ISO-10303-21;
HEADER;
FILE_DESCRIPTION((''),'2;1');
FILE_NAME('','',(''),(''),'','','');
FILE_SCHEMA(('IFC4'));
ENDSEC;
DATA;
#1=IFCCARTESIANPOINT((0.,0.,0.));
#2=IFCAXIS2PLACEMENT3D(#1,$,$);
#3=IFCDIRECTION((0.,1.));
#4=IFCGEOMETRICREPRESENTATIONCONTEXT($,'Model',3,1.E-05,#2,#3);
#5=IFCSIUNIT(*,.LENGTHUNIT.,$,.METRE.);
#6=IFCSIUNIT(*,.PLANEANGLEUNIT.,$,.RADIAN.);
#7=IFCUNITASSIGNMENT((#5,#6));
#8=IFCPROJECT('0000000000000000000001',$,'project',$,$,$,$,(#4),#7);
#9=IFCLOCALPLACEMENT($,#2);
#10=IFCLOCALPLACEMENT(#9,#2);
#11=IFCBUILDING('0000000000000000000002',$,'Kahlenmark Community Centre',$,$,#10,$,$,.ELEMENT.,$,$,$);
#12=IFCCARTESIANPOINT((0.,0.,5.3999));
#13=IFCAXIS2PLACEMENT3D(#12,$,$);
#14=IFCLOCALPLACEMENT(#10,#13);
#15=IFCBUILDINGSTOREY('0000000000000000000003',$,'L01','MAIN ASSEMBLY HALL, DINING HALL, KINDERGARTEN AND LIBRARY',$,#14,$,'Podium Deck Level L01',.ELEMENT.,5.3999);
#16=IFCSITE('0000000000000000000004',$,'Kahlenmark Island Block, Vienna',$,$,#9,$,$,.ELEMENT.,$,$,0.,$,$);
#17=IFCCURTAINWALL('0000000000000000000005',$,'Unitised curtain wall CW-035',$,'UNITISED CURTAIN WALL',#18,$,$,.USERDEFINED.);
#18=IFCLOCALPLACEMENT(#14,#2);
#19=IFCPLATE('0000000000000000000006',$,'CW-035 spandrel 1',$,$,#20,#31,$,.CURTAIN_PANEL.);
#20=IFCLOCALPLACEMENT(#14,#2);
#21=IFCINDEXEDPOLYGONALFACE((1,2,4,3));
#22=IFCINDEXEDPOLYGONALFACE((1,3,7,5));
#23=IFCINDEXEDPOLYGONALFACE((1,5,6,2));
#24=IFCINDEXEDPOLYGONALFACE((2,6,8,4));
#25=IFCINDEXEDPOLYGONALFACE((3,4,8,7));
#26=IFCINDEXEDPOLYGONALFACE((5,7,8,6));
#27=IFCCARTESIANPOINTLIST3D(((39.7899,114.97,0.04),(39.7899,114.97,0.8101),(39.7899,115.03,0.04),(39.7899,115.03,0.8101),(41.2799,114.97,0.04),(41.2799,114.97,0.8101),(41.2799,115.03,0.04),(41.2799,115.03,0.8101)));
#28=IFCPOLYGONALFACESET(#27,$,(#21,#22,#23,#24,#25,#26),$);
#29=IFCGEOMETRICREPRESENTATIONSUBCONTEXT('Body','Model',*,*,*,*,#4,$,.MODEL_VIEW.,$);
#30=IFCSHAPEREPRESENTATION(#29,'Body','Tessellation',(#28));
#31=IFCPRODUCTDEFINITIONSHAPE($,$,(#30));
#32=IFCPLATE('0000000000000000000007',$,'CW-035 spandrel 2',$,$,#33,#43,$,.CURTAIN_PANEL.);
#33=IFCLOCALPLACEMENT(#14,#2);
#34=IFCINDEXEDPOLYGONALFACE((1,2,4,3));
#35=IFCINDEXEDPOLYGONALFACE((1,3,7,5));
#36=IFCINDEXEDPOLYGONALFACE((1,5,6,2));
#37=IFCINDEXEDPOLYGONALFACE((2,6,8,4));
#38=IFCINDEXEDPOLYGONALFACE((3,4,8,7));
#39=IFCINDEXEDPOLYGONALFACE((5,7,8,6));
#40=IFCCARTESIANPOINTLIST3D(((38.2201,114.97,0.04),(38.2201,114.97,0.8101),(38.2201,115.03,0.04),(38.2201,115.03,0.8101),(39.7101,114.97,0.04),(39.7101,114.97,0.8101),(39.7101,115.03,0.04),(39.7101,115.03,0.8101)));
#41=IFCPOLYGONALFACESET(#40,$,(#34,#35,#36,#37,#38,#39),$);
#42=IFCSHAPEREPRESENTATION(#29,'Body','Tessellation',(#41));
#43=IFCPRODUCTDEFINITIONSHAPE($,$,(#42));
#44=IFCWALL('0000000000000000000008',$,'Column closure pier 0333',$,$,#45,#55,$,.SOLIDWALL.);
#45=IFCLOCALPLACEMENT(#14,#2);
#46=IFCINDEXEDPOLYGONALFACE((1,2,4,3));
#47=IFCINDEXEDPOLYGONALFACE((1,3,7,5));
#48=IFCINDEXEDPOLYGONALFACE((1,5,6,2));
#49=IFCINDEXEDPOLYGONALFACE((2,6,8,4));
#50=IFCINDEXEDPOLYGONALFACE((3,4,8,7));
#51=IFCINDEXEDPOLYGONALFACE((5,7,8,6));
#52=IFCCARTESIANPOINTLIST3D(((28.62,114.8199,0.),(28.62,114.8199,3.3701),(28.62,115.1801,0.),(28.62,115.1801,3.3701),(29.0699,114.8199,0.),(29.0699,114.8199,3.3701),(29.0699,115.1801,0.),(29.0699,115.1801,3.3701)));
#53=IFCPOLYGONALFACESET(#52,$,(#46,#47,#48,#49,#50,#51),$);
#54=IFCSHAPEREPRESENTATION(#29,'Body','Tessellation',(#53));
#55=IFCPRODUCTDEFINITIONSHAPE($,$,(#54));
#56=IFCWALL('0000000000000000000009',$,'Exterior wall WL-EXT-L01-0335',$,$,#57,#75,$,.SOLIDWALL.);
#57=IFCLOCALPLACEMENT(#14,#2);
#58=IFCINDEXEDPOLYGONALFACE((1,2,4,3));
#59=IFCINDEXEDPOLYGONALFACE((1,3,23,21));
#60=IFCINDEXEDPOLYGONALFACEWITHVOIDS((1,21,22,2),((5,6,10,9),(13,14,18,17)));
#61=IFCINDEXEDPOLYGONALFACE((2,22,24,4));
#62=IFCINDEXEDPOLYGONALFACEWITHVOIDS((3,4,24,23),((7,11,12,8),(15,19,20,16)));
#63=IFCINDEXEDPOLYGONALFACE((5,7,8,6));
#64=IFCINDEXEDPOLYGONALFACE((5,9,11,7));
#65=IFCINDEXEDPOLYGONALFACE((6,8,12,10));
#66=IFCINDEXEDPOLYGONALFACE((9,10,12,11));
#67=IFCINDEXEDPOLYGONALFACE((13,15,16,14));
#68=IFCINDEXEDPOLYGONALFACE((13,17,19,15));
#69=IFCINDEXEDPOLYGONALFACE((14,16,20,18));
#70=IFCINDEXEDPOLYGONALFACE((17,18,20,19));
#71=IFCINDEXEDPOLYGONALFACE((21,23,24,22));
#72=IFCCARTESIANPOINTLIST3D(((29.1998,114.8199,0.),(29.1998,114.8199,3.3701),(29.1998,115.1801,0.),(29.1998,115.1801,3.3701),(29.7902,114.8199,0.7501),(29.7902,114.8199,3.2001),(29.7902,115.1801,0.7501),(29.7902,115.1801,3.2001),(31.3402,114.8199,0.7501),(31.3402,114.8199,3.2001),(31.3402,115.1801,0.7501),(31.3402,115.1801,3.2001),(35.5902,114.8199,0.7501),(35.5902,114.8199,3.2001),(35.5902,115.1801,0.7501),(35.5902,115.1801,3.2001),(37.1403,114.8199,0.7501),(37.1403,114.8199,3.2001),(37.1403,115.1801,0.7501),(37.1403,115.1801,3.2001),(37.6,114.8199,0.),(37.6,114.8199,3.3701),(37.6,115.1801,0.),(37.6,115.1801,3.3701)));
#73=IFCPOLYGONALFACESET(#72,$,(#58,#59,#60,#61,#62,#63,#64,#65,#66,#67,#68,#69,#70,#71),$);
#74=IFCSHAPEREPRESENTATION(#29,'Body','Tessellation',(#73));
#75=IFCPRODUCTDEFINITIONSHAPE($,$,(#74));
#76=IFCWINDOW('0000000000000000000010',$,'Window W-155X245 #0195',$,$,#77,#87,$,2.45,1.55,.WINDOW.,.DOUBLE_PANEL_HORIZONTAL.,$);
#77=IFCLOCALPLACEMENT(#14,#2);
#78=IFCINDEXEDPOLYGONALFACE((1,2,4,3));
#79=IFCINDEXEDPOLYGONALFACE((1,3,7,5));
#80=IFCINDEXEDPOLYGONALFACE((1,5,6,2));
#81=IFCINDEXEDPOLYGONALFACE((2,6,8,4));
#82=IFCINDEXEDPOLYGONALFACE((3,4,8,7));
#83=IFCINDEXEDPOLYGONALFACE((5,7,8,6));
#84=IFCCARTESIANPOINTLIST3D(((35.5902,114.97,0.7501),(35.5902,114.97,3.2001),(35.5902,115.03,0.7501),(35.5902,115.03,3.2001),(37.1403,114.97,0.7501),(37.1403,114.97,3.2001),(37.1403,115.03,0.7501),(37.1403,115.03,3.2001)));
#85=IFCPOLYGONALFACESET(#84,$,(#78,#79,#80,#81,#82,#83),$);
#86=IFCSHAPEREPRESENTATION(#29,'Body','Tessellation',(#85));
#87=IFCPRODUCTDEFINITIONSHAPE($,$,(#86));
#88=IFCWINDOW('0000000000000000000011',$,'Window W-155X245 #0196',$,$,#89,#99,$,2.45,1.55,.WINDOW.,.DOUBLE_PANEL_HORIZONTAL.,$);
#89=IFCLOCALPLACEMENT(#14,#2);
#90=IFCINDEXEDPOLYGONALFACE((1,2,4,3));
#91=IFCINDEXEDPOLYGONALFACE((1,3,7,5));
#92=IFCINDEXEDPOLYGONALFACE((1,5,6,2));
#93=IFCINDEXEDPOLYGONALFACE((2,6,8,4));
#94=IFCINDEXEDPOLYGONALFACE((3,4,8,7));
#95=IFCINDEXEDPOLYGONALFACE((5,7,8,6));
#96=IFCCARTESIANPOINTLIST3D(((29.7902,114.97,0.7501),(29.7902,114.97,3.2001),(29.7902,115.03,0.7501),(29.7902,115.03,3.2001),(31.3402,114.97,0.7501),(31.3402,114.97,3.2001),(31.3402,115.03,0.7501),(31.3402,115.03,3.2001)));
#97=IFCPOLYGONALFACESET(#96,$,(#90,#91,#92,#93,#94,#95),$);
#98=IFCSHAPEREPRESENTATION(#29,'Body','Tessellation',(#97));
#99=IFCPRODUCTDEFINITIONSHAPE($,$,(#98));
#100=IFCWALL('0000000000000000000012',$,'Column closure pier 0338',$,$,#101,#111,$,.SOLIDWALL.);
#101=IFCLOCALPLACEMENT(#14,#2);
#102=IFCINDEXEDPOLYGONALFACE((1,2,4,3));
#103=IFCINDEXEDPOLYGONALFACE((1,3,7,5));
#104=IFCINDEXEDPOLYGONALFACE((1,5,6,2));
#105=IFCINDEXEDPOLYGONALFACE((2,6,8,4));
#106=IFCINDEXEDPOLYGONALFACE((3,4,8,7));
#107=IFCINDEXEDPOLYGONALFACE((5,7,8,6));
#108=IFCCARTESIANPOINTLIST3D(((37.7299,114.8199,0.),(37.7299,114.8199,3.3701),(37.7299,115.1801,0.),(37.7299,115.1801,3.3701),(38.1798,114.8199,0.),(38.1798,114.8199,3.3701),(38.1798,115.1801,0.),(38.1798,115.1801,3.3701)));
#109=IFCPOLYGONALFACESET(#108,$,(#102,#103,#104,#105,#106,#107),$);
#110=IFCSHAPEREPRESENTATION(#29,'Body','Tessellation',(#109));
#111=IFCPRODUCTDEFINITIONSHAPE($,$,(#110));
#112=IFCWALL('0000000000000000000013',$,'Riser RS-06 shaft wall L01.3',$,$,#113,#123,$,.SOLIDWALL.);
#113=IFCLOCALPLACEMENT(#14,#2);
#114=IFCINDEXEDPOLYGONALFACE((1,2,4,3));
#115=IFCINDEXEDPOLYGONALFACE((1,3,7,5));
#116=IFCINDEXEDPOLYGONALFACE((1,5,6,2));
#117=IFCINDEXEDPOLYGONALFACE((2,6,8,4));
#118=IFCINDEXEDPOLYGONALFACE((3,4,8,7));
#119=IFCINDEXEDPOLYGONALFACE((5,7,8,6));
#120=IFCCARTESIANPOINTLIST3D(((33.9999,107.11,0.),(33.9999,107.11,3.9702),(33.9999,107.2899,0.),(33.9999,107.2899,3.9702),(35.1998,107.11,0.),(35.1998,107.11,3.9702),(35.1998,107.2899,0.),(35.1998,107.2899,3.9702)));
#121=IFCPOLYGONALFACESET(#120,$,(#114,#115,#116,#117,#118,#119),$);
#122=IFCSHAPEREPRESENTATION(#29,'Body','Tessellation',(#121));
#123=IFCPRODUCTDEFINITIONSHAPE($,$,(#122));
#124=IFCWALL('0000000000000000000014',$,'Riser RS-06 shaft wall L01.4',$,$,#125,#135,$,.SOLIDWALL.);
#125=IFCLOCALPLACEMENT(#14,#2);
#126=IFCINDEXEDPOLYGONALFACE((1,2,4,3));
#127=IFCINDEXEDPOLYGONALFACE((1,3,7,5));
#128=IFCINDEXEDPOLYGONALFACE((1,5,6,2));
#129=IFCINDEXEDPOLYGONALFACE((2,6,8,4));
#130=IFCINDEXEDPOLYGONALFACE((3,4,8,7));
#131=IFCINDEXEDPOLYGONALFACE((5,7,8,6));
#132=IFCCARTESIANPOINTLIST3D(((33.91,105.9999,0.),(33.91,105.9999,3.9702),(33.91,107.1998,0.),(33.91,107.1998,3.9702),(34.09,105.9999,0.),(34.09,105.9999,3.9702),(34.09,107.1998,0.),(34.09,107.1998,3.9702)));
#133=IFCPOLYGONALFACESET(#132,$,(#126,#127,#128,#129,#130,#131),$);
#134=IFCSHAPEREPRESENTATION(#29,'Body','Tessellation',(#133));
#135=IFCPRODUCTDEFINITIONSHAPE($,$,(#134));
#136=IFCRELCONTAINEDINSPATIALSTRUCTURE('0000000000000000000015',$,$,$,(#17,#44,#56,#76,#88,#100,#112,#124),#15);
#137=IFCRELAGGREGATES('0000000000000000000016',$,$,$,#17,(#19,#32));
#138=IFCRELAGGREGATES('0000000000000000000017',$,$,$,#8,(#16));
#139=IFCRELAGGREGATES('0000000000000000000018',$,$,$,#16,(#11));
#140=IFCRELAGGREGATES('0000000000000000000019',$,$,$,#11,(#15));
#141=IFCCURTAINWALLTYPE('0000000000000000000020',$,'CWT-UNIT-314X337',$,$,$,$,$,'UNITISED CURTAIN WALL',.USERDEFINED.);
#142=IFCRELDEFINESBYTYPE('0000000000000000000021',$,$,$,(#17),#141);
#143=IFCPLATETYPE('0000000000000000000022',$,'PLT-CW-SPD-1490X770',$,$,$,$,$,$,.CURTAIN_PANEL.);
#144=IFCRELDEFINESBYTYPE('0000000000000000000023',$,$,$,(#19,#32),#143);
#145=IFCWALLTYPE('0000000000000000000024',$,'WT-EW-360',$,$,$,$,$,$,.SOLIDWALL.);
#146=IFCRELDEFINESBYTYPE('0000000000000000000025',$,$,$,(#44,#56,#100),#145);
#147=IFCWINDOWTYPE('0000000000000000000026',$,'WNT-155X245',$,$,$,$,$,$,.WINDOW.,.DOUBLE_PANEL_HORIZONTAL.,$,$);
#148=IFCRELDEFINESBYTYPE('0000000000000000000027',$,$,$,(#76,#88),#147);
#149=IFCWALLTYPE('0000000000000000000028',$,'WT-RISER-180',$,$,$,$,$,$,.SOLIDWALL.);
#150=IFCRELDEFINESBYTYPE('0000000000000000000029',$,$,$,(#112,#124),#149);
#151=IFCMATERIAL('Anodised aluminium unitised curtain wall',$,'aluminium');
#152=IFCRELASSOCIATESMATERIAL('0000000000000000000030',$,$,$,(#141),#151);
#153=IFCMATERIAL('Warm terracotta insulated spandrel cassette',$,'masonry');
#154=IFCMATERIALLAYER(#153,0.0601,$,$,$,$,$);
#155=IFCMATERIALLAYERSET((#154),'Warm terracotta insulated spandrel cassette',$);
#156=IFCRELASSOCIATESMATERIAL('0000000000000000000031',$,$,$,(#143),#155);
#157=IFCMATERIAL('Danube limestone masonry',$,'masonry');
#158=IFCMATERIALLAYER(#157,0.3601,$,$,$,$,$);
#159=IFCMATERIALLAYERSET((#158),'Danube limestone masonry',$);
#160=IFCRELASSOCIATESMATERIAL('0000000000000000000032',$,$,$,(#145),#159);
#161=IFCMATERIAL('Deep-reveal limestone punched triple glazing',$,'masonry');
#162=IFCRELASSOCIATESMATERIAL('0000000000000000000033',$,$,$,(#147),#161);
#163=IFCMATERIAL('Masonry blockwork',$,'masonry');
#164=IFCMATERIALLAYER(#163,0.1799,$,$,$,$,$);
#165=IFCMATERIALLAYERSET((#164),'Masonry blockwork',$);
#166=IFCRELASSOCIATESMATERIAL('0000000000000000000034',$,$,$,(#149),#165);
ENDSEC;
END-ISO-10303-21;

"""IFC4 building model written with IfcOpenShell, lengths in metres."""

from ifc_helpers import new_model, si_unit, direction, frame, frame_2d, origin, origin_2d, place, context, subcontext, project, spatial, rectangle, extrude, material, layer, layer_set, type_object, element, fill, aggregate, save


model = new_model("IFC4")

# Units and contexts
model_context = context("Model", 3, precision=1e-05, world=origin(), true_north=direction((0.0, 1.0)))
body_context = subcontext(model_context, "Body", "Model", "MODEL_VIEW")
ifc_project = project(units=[si_unit("LENGTHUNIT", "METRE"), si_unit("PLANEANGLEUNIT", "RADIAN")], contexts=[model_context])

# Site, building, storey
site_placement = place(None, origin())
site = spatial("IfcSite", under=ifc_project, at=site_placement, Name="Kahlenmark Island Block, Vienna", CompositionType="ELEMENT", RefElevation=0.0)
building_placement = place(site_placement, origin())
building = spatial("IfcBuilding", under=site, at=building_placement, Name="Kahlenmark Community Centre", CompositionType="ELEMENT")
storey_placement = place(building_placement, frame((0.0, 0.0, 5.3999)))
storey = spatial("IfcBuildingStorey", under=building, at=storey_placement, Name="L01", Description="MAIN ASSEMBLY HALL, DINING HALL, KINDERGARTEN AND LIBRARY", LongName="Podium Deck Level L01", CompositionType="ELEMENT", Elevation=5.3999)

# Shared definitions
ifc_material_1 = material(Name="Anodised aluminium unitised curtain wall", Category="aluminium")
curtain_wall_type = type_object("IfcCurtainWallType", Name="CWT-UNIT-314X337", ElementType="UNITISED CURTAIN WALL", PredefinedType="USERDEFINED", material=ifc_material_1)

# Curtain wall
curtain_wall_1_placement = place(storey_placement, origin())
curtain_wall_1 = element("IfcCurtainWall", 1, at=curtain_wall_1_placement, inside=storey, type_object=curtain_wall_type, Name="Unitised curtain wall CW-035", ObjectType="UNITISED CURTAIN WALL", PredefinedType="USERDEFINED")

# Plates
ifc_material_2 = material(Name="Warm terracotta insulated spandrel cassette", Category="masonry")
ifc_layer_1 = layer(ifc_material_2, 0.0601)
ifc_layer_set_1 = layer_set([ifc_layer_1], Name="Warm terracotta insulated spandrel cassette")
plate_type_1 = type_object("IfcPlateType", Name="PLT-CW-SPD-1490X770", PredefinedType="CURTAIN_PANEL", material=ifc_layer_set_1)
plate_1_placement = place(storey_placement, frame((40.5349, 115.0, 0.04), z_axis=(0.0, 0.0, 1.0), x_axis=(-1.0, 0.0, 0.0)))
plate_1 = element("IfcPlate", 2, at=plate_1_placement, type_object=plate_type_1, Name="CW-035 spandrel 1", PredefinedType="CURTAIN_PANEL", context=body_context, shape_type="SweptSolid", body=[
    extrude(rectangle(XDim=1.49, YDim=0.0601, at=origin_2d()), origin(), (0.0, 0.0, 1.0), 0.77),
])
plate_2_placement = place(storey_placement, frame((38.9651, 115.0, 0.04), z_axis=(0.0, 0.0, 1.0), x_axis=(-1.0, 0.0, 0.0)))
plate_2 = element("IfcPlate", 3, at=plate_2_placement, type_object=plate_type_1, Name="CW-035 spandrel 2", PredefinedType="CURTAIN_PANEL", context=body_context, shape_type="SweptSolid", body=[
    extrude(rectangle(XDim=1.49, YDim=0.0601, at=origin_2d()), origin(), (0.0, 0.0, 1.0), 0.77),
])
aggregate(curtain_wall_1, [plate_1, plate_2])

# Wall
ifc_material_3 = material(Name="Danube limestone masonry", Category="masonry")
ifc_layer_2 = layer(ifc_material_3, 0.3601)
ifc_layer_set_2 = layer_set([ifc_layer_2], Name="Danube limestone masonry")
wall_type_1 = type_object("IfcWallType", Name="WT-EW-360", PredefinedType="SOLIDWALL", material=ifc_layer_set_2)
wall_1_placement = place(storey_placement, frame((29.0701, 115.0, 0.0), z_axis=(0.0, 0.0, 1.0), x_axis=(-1.0, 0.0, 0.0)))
element("IfcWall", 4, at=wall_1_placement, inside=storey, type_object=wall_type_1, Name="Column closure pier 0333", PredefinedType="SOLIDWALL", context=body_context, shape_type="SweptSolid", body=[
    extrude(rectangle(XDim=0.45, YDim=0.3601, at=frame_2d((0.2251, 0.0))), origin(), (0.0, 0.0, 1.0), 3.3701),
])

# Wall, openings, windows
wall_2_placement = place(storey_placement, frame((37.6001, 115.0, 0.0), z_axis=(0.0, 0.0, 1.0), x_axis=(-1.0, 0.0, 0.0)))
wall_2 = element("IfcWall", 5, at=wall_2_placement, inside=storey, type_object=wall_type_1, Name="Exterior wall WL-EXT-L01-0335", PredefinedType="SOLIDWALL", context=body_context, shape_type="SweptSolid", body=[
    extrude(rectangle(XDim=8.4001, YDim=0.3601, at=frame_2d((4.2002, 0.0))), origin(), (0.0, 0.0, 1.0), 3.3701),
])
opening_1_placement = place(wall_2_placement, frame((0.46, 0.0, 0.75)))
opening_1 = element("IfcOpeningElement", 6, at=opening_1_placement, cuts=wall_2, PredefinedType="OPENING", context=body_context, shape_type="SweptSolid", body=[
    extrude(rectangle(XDim=1.55, YDim=2.45, at=frame_2d((0.7749, 1.2251))), frame((0.0, 0.1899, 0.0), z_axis=(0.0, -1.0, 0.0), x_axis=(1.0, 0.0, 0.0)), (0.0, 0.0, 1.0), 0.3801),
])
opening_2_placement = place(wall_2_placement, frame((6.26, 0.0, 0.75)))
opening_2 = element("IfcOpeningElement", 7, at=opening_2_placement, cuts=wall_2, PredefinedType="OPENING", context=body_context, shape_type="SweptSolid", body=[
    extrude(rectangle(XDim=1.55, YDim=2.45, at=frame_2d((0.7749, 1.2251))), frame((0.0, 0.1899, 0.0), z_axis=(0.0, -1.0, 0.0), x_axis=(1.0, 0.0, 0.0)), (0.0, 0.0, 1.0), 0.3801),
])
ifc_material_4 = material(Name="Deep-reveal limestone punched triple glazing", Category="masonry")
window_type = type_object("IfcWindowType", Name="WNT-155X245", PartitioningType="DOUBLE_PANEL_HORIZONTAL", PredefinedType="WINDOW", material=ifc_material_4)
window_1_placement = place(opening_1_placement, origin())
window_1 = element("IfcWindow", 8, at=window_1_placement, inside=storey, type_object=window_type, Name="Window W-155X245 #0195", OverallHeight=2.45, OverallWidth=1.55, PartitioningType="DOUBLE_PANEL_HORIZONTAL", PredefinedType="WINDOW", context=body_context, shape_type="SweptSolid", body=[
    extrude(rectangle(XDim=1.55, YDim=2.45, at=frame_2d((0.7749, 1.2251))), frame((0.0, 0.03, 0.0), z_axis=(0.0, -1.0, 0.0), x_axis=(1.0, 0.0, 0.0)), (0.0, 0.0, 1.0), 0.0601),
])
fill(opening_1, window_1)
window_2_placement = place(opening_2_placement, origin())
window_2 = element("IfcWindow", 9, at=window_2_placement, inside=storey, type_object=window_type, Name="Window W-155X245 #0196", OverallHeight=2.45, OverallWidth=1.55, PartitioningType="DOUBLE_PANEL_HORIZONTAL", PredefinedType="WINDOW", context=body_context, shape_type="SweptSolid", body=[
    extrude(rectangle(XDim=1.55, YDim=2.45, at=frame_2d((0.7749, 1.2251))), frame((0.0, 0.03, 0.0), z_axis=(0.0, -1.0, 0.0), x_axis=(1.0, 0.0, 0.0)), (0.0, 0.0, 1.0), 0.0601),
])
fill(opening_2, window_2)

# Walls
wall_3_placement = place(storey_placement, frame((38.1799, 115.0, 0.0), z_axis=(0.0, 0.0, 1.0), x_axis=(-1.0, 0.0, 0.0)))
element("IfcWall", 10, at=wall_3_placement, inside=storey, type_object=wall_type_1, Name="Column closure pier 0338", PredefinedType="SOLIDWALL", context=body_context, shape_type="SweptSolid", body=[
    extrude(rectangle(XDim=0.45, YDim=0.3601, at=frame_2d((0.2251, 0.0))), origin(), (0.0, 0.0, 1.0), 3.3701),
])
ifc_material_5 = material(Name="Masonry blockwork", Category="masonry")
ifc_layer_3 = layer(ifc_material_5, 0.1799)
ifc_layer_set_3 = layer_set([ifc_layer_3], Name="Masonry blockwork")
wall_type_2 = type_object("IfcWallType", Name="WT-RISER-180", PredefinedType="SOLIDWALL", material=ifc_layer_set_3)
for number, where, z_axis, x_axis, name in (
    (11, (35.2, 107.2, 0.0), (0.0, 0.0, 1.0), (-1.0, 0.0, 0.0), "Riser RS-06 shaft wall L01.3"),
    (12, (34.0, 107.2, 0.0), (0.0, 0.0, 1.0), (0.0, -1.0, 0.0), "Riser RS-06 shaft wall L01.4"),
):
    element("IfcWall", number, at=place(storey_placement, frame(where, z_axis=z_axis, x_axis=x_axis)), inside=storey, type_object=wall_type_2, Name=name, PredefinedType="SOLIDWALL", context=body_context, shape_type="SweptSolid", body=[
        extrude(rectangle(XDim=1.2, YDim=0.1799, at=frame_2d((0.6001, 0.0))), origin(), (0.0, 0.0, 1.0), 3.9702),
    ])

save(model, "model.ifc")
